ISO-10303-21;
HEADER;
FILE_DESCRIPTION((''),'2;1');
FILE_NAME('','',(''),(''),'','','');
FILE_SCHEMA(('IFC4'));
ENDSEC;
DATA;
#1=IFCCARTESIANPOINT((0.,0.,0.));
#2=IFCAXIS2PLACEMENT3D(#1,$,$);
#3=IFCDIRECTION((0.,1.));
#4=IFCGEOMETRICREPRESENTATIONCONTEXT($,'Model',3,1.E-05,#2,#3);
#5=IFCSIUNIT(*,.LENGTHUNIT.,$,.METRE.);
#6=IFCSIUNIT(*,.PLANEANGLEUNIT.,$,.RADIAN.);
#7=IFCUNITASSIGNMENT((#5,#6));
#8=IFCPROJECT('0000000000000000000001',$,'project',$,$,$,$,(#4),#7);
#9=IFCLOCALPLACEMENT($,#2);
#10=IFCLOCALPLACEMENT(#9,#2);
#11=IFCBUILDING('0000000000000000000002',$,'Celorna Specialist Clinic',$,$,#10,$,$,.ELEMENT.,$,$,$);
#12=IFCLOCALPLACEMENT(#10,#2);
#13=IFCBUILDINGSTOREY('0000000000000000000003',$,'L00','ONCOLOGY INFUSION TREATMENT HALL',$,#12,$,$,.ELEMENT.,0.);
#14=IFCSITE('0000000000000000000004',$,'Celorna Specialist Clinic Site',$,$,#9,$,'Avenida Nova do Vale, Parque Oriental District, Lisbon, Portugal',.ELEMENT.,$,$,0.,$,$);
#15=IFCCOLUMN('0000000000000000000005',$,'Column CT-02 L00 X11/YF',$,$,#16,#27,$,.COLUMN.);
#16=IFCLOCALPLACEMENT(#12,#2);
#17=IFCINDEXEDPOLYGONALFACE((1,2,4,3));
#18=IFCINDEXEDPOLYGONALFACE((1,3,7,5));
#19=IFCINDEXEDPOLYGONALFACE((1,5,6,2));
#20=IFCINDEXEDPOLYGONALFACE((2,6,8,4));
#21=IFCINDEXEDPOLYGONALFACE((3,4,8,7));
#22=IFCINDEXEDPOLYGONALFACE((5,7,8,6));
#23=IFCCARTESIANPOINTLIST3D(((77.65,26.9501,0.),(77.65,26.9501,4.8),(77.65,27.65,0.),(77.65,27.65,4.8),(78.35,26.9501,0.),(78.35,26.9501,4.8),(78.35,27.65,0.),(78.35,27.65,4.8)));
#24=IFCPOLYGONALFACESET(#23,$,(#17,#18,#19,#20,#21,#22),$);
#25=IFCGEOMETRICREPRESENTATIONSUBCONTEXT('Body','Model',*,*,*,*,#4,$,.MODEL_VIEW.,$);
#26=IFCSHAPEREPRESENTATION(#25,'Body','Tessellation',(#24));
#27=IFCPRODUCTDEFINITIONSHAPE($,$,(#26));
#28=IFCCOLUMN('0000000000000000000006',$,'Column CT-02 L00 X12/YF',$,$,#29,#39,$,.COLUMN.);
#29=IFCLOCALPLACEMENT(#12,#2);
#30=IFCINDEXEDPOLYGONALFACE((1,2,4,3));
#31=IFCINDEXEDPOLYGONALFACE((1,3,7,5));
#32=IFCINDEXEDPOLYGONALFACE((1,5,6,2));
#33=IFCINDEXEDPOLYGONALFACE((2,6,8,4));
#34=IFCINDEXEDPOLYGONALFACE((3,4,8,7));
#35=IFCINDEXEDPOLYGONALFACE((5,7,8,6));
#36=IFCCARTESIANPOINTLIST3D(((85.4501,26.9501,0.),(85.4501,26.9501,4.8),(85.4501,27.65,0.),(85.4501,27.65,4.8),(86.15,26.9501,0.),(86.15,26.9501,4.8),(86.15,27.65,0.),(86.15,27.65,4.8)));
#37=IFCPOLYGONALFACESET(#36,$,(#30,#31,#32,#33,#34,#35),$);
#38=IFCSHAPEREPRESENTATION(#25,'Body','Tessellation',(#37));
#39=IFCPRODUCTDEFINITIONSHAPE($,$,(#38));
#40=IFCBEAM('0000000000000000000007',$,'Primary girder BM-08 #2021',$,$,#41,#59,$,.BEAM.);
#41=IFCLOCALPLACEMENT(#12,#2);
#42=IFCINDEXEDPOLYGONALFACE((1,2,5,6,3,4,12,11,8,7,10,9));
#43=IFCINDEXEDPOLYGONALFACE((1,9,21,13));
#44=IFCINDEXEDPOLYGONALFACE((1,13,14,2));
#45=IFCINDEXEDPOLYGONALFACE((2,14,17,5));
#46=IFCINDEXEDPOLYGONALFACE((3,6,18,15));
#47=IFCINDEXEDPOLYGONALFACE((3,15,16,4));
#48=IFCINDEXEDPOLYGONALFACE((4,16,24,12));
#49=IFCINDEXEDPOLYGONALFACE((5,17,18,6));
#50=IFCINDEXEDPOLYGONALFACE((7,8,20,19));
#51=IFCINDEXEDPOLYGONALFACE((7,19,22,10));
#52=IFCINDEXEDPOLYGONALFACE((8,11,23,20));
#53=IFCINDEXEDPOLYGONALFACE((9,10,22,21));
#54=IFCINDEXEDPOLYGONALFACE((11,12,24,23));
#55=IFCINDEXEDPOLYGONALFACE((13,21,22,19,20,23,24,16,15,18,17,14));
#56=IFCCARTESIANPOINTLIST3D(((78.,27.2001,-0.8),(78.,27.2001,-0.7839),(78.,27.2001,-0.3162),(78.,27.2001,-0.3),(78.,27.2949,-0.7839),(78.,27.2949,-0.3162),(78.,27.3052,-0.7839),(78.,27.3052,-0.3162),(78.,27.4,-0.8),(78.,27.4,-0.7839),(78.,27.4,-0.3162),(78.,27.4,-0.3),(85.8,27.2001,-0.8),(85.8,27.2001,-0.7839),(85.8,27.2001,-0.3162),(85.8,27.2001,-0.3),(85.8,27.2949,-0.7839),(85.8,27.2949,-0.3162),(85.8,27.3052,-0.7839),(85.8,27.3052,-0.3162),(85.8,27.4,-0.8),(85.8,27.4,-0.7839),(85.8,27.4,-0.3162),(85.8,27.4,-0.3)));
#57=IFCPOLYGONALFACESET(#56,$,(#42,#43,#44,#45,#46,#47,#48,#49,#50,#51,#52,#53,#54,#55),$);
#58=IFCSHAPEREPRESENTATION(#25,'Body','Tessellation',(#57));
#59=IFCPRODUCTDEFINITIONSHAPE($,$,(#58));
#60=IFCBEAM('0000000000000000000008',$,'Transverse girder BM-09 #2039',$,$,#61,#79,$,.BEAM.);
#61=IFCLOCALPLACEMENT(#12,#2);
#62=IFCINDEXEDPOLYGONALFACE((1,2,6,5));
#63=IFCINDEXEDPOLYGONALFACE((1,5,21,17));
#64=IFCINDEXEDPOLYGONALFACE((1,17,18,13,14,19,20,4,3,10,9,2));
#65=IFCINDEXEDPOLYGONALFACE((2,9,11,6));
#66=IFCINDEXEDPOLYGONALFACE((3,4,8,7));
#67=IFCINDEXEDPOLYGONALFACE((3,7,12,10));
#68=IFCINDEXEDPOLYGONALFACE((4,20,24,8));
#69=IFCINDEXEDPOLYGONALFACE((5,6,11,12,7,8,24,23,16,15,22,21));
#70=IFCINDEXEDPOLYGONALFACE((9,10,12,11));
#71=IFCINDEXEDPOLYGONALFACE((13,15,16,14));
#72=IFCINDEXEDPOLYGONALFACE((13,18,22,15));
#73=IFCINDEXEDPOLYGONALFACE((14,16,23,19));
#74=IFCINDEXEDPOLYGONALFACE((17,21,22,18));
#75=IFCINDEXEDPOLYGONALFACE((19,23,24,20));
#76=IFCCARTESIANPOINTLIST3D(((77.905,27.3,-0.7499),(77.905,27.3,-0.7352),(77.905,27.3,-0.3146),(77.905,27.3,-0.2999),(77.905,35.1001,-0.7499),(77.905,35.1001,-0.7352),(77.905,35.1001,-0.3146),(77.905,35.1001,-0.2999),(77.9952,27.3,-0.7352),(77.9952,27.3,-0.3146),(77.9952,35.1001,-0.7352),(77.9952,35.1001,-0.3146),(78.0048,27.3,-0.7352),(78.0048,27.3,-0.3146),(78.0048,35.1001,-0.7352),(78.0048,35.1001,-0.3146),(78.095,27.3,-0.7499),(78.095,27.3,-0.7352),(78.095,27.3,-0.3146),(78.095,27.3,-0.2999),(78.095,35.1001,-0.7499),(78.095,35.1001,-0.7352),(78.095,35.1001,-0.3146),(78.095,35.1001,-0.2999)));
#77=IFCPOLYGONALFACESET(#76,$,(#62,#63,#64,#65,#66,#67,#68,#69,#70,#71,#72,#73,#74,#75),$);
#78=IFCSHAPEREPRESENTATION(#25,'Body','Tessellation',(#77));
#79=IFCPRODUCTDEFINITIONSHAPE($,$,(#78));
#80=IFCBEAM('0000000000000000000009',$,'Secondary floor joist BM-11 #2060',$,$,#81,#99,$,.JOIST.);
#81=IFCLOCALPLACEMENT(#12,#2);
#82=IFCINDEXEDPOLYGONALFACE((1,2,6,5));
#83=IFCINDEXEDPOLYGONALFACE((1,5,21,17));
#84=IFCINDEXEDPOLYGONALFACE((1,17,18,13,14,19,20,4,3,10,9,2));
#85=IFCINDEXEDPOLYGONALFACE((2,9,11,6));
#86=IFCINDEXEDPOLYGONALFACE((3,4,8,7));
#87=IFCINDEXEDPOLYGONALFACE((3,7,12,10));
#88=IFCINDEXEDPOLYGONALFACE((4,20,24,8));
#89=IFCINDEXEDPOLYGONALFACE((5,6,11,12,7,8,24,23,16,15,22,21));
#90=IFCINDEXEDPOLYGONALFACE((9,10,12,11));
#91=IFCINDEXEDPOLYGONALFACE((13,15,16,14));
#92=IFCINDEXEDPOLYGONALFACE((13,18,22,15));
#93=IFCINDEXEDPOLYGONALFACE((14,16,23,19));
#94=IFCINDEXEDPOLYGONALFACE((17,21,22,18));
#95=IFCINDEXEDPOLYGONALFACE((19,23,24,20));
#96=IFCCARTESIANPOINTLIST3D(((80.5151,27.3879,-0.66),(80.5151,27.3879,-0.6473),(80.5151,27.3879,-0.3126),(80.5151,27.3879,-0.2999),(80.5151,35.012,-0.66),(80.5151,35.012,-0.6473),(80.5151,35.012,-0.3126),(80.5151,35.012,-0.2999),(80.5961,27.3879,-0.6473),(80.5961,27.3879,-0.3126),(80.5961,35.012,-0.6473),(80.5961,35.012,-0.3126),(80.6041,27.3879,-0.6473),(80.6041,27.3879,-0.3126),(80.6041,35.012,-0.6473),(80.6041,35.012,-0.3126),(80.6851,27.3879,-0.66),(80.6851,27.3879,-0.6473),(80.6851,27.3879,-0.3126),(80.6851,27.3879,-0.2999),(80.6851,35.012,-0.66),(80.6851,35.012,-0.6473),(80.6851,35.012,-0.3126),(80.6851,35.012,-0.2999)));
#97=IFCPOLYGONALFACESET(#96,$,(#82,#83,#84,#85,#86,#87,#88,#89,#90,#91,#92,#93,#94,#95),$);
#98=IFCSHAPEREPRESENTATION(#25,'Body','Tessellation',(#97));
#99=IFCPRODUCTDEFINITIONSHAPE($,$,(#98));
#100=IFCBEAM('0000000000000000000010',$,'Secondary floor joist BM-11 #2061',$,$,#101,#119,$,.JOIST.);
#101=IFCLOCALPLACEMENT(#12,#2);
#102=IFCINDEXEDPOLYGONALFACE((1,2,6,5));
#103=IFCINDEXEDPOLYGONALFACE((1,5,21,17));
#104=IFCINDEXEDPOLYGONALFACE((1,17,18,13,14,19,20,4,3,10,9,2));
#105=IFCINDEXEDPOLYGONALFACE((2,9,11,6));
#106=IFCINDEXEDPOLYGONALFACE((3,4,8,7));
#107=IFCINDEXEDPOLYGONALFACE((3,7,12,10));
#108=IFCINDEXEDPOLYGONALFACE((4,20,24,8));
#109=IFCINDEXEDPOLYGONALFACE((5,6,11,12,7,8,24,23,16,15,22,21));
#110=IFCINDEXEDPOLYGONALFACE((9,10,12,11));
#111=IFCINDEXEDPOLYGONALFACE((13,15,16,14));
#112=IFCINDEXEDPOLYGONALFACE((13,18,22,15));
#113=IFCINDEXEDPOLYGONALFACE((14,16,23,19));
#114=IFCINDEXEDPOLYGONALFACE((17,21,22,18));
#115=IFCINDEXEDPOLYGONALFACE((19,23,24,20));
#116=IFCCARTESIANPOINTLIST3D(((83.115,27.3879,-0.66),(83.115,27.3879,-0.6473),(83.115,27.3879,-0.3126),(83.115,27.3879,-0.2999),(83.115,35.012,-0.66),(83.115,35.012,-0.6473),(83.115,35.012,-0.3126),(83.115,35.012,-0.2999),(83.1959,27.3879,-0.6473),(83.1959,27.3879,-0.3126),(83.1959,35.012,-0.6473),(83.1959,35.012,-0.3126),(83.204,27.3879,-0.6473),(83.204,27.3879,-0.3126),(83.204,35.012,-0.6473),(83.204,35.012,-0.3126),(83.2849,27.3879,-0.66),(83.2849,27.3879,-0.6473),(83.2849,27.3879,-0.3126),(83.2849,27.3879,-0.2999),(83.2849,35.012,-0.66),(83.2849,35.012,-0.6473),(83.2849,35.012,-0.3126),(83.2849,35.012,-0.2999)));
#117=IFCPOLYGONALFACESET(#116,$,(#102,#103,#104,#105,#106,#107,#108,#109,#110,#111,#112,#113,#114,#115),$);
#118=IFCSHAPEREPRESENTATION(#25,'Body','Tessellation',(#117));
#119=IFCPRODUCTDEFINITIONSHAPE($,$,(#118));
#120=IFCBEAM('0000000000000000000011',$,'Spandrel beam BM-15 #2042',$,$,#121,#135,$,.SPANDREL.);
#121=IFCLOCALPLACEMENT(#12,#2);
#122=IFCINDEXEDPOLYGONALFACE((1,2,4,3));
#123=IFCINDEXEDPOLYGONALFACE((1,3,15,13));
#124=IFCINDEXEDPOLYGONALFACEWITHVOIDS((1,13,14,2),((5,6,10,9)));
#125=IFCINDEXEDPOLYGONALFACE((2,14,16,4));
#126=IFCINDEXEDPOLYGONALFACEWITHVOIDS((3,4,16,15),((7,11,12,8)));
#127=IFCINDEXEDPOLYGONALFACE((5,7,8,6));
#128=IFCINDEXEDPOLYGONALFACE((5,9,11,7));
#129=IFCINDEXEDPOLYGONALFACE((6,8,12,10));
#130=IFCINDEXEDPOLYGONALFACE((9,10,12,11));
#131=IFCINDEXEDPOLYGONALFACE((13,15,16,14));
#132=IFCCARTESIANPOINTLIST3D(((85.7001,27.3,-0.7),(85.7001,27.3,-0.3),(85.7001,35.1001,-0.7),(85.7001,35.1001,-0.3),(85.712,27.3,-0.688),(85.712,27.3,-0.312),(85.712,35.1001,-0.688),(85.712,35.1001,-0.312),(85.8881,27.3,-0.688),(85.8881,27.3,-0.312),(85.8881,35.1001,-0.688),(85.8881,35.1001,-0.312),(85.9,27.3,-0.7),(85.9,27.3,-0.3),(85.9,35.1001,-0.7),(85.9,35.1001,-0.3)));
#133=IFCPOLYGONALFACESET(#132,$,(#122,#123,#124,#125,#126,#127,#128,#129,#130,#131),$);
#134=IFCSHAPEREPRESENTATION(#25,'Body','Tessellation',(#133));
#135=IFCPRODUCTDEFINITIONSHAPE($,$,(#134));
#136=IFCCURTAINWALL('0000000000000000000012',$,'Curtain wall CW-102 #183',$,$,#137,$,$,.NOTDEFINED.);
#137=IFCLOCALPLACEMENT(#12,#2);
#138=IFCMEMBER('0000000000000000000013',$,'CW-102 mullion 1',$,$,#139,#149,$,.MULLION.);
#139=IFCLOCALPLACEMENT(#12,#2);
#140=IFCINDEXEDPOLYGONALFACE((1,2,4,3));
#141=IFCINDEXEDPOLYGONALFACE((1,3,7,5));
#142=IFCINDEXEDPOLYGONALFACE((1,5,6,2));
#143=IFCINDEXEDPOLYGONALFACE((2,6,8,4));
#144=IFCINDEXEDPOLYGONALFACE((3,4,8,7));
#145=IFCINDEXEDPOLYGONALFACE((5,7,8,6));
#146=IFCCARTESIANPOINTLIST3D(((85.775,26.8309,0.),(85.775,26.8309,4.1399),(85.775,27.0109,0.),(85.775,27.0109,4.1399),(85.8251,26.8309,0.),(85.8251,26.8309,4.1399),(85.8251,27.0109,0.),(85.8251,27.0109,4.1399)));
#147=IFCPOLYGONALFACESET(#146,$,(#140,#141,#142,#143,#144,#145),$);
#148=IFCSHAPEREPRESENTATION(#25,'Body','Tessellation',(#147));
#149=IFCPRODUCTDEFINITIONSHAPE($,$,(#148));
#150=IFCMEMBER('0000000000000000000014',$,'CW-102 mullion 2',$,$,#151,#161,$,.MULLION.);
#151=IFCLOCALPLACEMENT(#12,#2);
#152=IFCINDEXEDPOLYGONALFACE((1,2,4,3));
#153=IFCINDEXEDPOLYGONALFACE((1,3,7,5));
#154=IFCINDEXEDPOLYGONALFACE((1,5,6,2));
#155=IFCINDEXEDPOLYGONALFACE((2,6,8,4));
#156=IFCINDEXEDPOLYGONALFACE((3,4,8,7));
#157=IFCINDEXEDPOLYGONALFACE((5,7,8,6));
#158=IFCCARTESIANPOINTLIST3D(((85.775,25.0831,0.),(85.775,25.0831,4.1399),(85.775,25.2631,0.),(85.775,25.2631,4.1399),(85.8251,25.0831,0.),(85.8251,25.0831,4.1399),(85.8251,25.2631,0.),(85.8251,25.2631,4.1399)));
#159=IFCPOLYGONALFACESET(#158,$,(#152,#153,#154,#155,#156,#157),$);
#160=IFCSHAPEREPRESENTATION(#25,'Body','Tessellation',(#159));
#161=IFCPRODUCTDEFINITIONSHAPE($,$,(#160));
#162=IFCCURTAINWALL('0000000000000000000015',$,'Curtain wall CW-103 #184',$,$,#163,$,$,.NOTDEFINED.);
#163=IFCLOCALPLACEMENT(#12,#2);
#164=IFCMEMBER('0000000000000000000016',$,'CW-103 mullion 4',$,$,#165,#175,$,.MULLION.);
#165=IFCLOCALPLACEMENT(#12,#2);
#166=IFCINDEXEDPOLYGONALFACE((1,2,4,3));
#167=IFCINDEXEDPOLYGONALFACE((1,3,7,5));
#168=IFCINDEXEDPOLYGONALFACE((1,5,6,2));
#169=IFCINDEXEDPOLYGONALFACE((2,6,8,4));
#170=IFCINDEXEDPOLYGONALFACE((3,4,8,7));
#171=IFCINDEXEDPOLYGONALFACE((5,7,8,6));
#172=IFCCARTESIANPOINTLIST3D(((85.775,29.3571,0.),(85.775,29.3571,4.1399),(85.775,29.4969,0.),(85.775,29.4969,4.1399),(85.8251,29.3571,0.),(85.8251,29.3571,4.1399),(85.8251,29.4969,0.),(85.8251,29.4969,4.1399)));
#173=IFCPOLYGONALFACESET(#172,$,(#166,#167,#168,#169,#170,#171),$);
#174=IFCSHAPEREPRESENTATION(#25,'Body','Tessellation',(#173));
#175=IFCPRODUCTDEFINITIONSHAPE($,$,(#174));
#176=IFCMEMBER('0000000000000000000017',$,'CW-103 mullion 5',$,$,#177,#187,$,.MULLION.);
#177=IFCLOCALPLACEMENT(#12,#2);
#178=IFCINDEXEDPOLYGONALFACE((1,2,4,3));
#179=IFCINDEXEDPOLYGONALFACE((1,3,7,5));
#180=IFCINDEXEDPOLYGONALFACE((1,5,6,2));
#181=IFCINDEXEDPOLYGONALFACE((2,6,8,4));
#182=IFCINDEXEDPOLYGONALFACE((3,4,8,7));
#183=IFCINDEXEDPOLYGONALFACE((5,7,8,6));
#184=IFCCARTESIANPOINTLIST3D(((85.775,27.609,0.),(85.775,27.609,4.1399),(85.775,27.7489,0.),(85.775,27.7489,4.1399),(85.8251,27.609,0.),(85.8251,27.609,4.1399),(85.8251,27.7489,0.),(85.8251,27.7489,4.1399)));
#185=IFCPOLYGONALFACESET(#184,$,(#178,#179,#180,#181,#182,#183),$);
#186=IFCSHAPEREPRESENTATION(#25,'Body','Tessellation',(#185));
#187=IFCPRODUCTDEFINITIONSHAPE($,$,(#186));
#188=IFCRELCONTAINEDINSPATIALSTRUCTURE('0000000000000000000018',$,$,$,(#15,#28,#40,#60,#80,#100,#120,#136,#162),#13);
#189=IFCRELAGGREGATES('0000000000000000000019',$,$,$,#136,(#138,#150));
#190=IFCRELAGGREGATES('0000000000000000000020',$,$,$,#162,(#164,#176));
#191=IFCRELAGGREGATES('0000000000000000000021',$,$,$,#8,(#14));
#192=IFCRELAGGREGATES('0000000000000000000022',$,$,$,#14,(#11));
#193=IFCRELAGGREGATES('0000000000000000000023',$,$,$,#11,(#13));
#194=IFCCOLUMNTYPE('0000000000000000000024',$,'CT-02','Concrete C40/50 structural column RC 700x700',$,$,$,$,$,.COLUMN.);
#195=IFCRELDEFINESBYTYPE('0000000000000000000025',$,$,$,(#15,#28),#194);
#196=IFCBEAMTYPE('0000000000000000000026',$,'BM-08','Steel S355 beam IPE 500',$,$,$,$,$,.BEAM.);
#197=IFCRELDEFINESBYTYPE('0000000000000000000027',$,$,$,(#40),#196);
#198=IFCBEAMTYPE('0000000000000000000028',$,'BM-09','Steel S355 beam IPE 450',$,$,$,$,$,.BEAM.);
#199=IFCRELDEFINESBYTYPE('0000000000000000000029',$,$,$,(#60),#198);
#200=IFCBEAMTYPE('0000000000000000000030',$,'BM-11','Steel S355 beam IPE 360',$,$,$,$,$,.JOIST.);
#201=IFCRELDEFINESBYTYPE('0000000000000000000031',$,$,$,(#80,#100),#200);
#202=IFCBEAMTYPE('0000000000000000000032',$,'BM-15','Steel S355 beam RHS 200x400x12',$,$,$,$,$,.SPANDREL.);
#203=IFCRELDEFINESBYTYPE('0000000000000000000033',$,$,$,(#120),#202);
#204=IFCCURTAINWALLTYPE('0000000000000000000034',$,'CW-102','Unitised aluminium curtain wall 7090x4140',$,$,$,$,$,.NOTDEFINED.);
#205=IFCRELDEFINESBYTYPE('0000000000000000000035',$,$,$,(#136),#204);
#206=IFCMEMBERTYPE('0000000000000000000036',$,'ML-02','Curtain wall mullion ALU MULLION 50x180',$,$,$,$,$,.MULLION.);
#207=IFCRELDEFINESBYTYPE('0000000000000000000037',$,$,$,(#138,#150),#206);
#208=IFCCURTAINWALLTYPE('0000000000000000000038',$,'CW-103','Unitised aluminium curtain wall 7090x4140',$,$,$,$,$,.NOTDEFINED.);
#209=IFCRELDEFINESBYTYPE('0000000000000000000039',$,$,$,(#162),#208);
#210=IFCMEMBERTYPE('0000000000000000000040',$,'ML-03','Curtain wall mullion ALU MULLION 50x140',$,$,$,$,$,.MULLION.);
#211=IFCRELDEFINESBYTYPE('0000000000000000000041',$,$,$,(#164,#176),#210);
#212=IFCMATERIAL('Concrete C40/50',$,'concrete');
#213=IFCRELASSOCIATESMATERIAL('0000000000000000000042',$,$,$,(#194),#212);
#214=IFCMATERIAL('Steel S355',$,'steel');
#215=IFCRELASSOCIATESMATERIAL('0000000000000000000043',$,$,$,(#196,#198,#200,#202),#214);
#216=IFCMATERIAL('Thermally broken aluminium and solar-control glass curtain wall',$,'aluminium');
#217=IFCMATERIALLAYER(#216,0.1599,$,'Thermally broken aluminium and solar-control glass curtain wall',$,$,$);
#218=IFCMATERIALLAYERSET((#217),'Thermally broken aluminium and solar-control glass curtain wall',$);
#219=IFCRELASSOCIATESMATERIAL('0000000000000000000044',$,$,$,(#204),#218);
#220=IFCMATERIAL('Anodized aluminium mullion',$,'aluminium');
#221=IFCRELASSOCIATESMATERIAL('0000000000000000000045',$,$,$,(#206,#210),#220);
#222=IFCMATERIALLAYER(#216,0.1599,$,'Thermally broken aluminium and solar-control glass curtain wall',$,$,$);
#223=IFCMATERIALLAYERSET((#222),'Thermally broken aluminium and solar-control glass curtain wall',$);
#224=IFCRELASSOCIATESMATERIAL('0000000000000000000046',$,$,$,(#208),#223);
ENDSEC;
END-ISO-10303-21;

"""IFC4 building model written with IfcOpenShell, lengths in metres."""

from ifc_helpers import new_model, si_unit, direction, frame, origin, origin_2d, place, context, subcontext, project, spatial, rectangle, hollow_rectangle, i_section, extrude, material, layer, layer_set, material_profile, profile_set, type_object, element, aggregate, save


model = new_model("IFC4")

# Units and contexts
model_context = context("Model", 3, precision=1e-05, world=origin(), true_north=direction((0.0, 1.0)))
body_context = subcontext(model_context, "Body", "Model", "MODEL_VIEW")
ifc_project = project(units=[si_unit("LENGTHUNIT", "METRE"), si_unit("PLANEANGLEUNIT", "RADIAN")], contexts=[model_context])

# Site, building, storey
site_placement = place(None, origin())
site = spatial("IfcSite", under=ifc_project, at=site_placement, Name="Celorna Specialist Clinic Site", LongName="Avenida Nova do Vale, Parque Oriental District, Lisbon, Portugal", CompositionType="ELEMENT", RefElevation=0.0)
building_placement = place(site_placement, origin())
building = spatial("IfcBuilding", under=site, at=building_placement, Name="Celorna Specialist Clinic", CompositionType="ELEMENT")
storey_placement = place(building_placement, origin())
storey = spatial("IfcBuildingStorey", under=building, at=storey_placement, Name="L00", Description="ONCOLOGY INFUSION TREATMENT HALL", CompositionType="ELEMENT", Elevation=0.0)

# Columns
ifc_material_1 = material(Name="Concrete C40/50", Category="concrete")
ifc_material_profile_1 = material_profile(ifc_material_1, rectangle(XDim=0.7, YDim=0.7, at=origin_2d()), Name="RC 700x700")
ifc_profile_set_1 = profile_set([ifc_material_profile_1], Name="Concrete C40/50")
column_type = type_object("IfcColumnType", Name="CT-02", Description="Concrete C40/50 structural column RC 700x700", PredefinedType="COLUMN", material=ifc_profile_set_1)
for number, where, z_axis, x_axis, name in (
    (1, (78.0, 27.3, 0.0), (0.0, 0.0, 1.0), (1.0, 0.0, 0.0), "Column CT-02 L00 X11/YF"),
    (2, (85.8, 27.3, 0.0), (0.0, 0.0, 1.0), (1.0, 0.0, 0.0), "Column CT-02 L00 X12/YF"),
):
    element("IfcColumn", number, at=place(storey_placement, frame(where, z_axis=z_axis, x_axis=x_axis)), inside=storey, type_object=column_type, Name=name, PredefinedType="COLUMN", context=body_context, shape_type="SweptSolid", body=[
        extrude(rectangle(XDim=0.7, YDim=0.7, at=origin_2d()), origin(), (0.0, 0.0, 1.0), 4.8),
    ])

# Beams
ifc_material_2 = material(Name="Steel S355", Category="steel")
ifc_material_profile_2 = material_profile(ifc_material_2, i_section(OverallWidth=0.2, OverallDepth=0.5, WebThickness=0.0103, FlangeThickness=0.0161, at=origin_2d()), Name="IPE 500")
ifc_profile_set_2 = profile_set([ifc_material_profile_2], Name="Steel S355")
beam_type_1 = type_object("IfcBeamType", Name="BM-08", Description="Steel S355 beam IPE 500", PredefinedType="BEAM", material=ifc_profile_set_2)
beam_1_placement = place(storey_placement, frame((78.0, 27.3, -0.55), z_axis=(1.0, 0.0, 0.0), x_axis=(0.0, 1.0, 0.0)))
element("IfcBeam", 3, at=beam_1_placement, inside=storey, type_object=beam_type_1, Name="Primary girder BM-08 #2021", PredefinedType="BEAM", context=body_context, shape_type="SweptSolid", body=[
    extrude(i_section(OverallWidth=0.2, OverallDepth=0.5, WebThickness=0.0103, FlangeThickness=0.0161, at=origin_2d()), origin(), (0.0, 0.0, 1.0), 7.8),
])
ifc_material_profile_3 = material_profile(ifc_material_2, i_section(OverallWidth=0.1899, OverallDepth=0.45, WebThickness=0.0095, FlangeThickness=0.0146, at=origin_2d()), Name="IPE 450")
ifc_profile_set_3 = profile_set([ifc_material_profile_3], Name="Steel S355")
beam_type_2 = type_object("IfcBeamType", Name="BM-09", Description="Steel S355 beam IPE 450", PredefinedType="BEAM", material=ifc_profile_set_3)
beam_2_placement = place(storey_placement, frame((78.0, 27.3, -0.5249), z_axis=(0.0, 1.0, 0.0), x_axis=(-1.0, 0.0, 0.0)))
element("IfcBeam", 4, at=beam_2_placement, inside=storey, type_object=beam_type_2, Name="Transverse girder BM-09 #2039", PredefinedType="BEAM", context=body_context, shape_type="SweptSolid", body=[
    extrude(i_section(OverallWidth=0.1899, OverallDepth=0.45, WebThickness=0.0095, FlangeThickness=0.0146, at=origin_2d()), origin(), (0.0, 0.0, 1.0), 7.8),
])
ifc_material_profile_4 = material_profile(ifc_material_2, i_section(OverallWidth=0.1699, OverallDepth=0.3601, WebThickness=0.0081, FlangeThickness=0.0127, at=origin_2d()), Name="IPE 360")
ifc_profile_set_4 = profile_set([ifc_material_profile_4], Name="Steel S355")
beam_type_3 = type_object("IfcBeamType", Name="BM-11", Description="Steel S355 beam IPE 360", PredefinedType="JOIST", material=ifc_profile_set_4)
for number, where, z_axis, x_axis, name in (
    (5, (80.6001, 27.3879, -0.48), (0.0, 1.0, 0.0), (-1.0, 0.0, 0.0), "Secondary floor joist BM-11 #2060"),
    (6, (83.2, 27.3879, -0.48), (0.0, 1.0, 0.0), (-1.0, 0.0, 0.0), "Secondary floor joist BM-11 #2061"),
):
    element("IfcBeam", number, at=place(storey_placement, frame(where, z_axis=z_axis, x_axis=x_axis)), inside=storey, type_object=beam_type_3, Name=name, PredefinedType="JOIST", context=body_context, shape_type="SweptSolid", body=[
        extrude(i_section(OverallWidth=0.1699, OverallDepth=0.3601, WebThickness=0.0081, FlangeThickness=0.0127, at=origin_2d()), origin(), (0.0, 0.0, 1.0), 7.624),
    ])
ifc_material_profile_5 = material_profile(ifc_material_2, hollow_rectangle(XDim=0.2, YDim=0.3999, WallThickness=0.012, at=origin_2d()), Name="RHS 200x400x12")
ifc_profile_set_5 = profile_set([ifc_material_profile_5], Name="Steel S355")
beam_type_4 = type_object("IfcBeamType", Name="BM-15", Description="Steel S355 beam RHS 200x400x12", PredefinedType="SPANDREL", material=ifc_profile_set_5)
beam_3_placement = place(storey_placement, frame((85.8, 27.3, -0.5), z_axis=(0.0, 1.0, 0.0), x_axis=(-1.0, 0.0, 0.0)))
element("IfcBeam", 7, at=beam_3_placement, inside=storey, type_object=beam_type_4, Name="Spandrel beam BM-15 #2042", PredefinedType="SPANDREL", context=body_context, shape_type="SweptSolid", body=[
    extrude(hollow_rectangle(XDim=0.2, YDim=0.3999, WallThickness=0.012, at=origin_2d()), origin(), (0.0, 0.0, 1.0), 7.8),
])

# Curtain walls, members
ifc_material_3 = material(Name="Thermally broken aluminium and solar-control glass curtain wall", Category="aluminium")
ifc_layer_1 = layer(ifc_material_3, 0.1599, Name="Thermally broken aluminium and solar-control glass curtain wall")
ifc_layer_set_1 = layer_set([ifc_layer_1], Name="Thermally broken aluminium and solar-control glass curtain wall")
curtain_wall_type_1 = type_object("IfcCurtainWallType", Name="CW-102", Description="Unitised aluminium curtain wall 7090x4140", PredefinedType="NOTDEFINED", material=ifc_layer_set_1)
curtain_wall_1_placement = place(storey_placement, origin())
curtain_wall_1 = element("IfcCurtainWall", 8, at=curtain_wall_1_placement, inside=storey, type_object=curtain_wall_type_1, Name="Curtain wall CW-102 #183", PredefinedType="NOTDEFINED")
ifc_material_4 = material(Name="Anodized aluminium mullion", Category="aluminium")
ifc_material_profile_6 = material_profile(ifc_material_4, rectangle(XDim=0.05, YDim=0.1799, at=origin_2d()), Name="ALU MULLION 50x180")
ifc_profile_set_6 = profile_set([ifc_material_profile_6], Name="Anodized aluminium mullion")
member_type_1 = type_object("IfcMemberType", Name="ML-02", Description="Curtain wall mullion ALU MULLION 50x180", PredefinedType="MULLION", material=ifc_profile_set_6)
member_1_placement = place(storey_placement, frame((85.8, 26.9209, 0.0), z_axis=(0.0, 0.0, 1.0), x_axis=(1.0, 0.0, 0.0)))
member_1 = element("IfcMember", 9, at=member_1_placement, type_object=member_type_1, Name="CW-102 mullion 1", PredefinedType="MULLION", context=body_context, shape_type="SweptSolid", body=[
    extrude(rectangle(XDim=0.05, YDim=0.1799, at=origin_2d()), origin(), (0.0, 0.0, 1.0), 4.1399),
])
member_2_placement = place(storey_placement, frame((85.8, 25.1731, 0.0), z_axis=(0.0, 0.0, 1.0), x_axis=(1.0, 0.0, 0.0)))
member_2 = element("IfcMember", 10, at=member_2_placement, type_object=member_type_1, Name="CW-102 mullion 2", PredefinedType="MULLION", context=body_context, shape_type="SweptSolid", body=[
    extrude(rectangle(XDim=0.05, YDim=0.1799, at=origin_2d()), origin(), (0.0, 0.0, 1.0), 4.1399),
])
ifc_layer_2 = layer(ifc_material_3, 0.1599, Name="Thermally broken aluminium and solar-control glass curtain wall")
ifc_layer_set_2 = layer_set([ifc_layer_2], Name="Thermally broken aluminium and solar-control glass curtain wall")
curtain_wall_type_2 = type_object("IfcCurtainWallType", Name="CW-103", Description="Unitised aluminium curtain wall 7090x4140", PredefinedType="NOTDEFINED", material=ifc_layer_set_2)
curtain_wall_2_placement = place(storey_placement, origin())
curtain_wall_2 = element("IfcCurtainWall", 11, at=curtain_wall_2_placement, inside=storey, type_object=curtain_wall_type_2, Name="Curtain wall CW-103 #184", PredefinedType="NOTDEFINED")
ifc_material_profile_7 = material_profile(ifc_material_4, rectangle(XDim=0.05, YDim=0.1399, at=origin_2d()), Name="ALU MULLION 50x140")
ifc_profile_set_7 = profile_set([ifc_material_profile_7], Name="Anodized aluminium mullion")
member_type_2 = type_object("IfcMemberType", Name="ML-03", Description="Curtain wall mullion ALU MULLION 50x140", PredefinedType="MULLION", material=ifc_profile_set_7)
member_3_placement = place(storey_placement, frame((85.8, 29.427, 0.0), z_axis=(0.0, 0.0, 1.0), x_axis=(1.0, 0.0, 0.0)))
member_3 = element("IfcMember", 12, at=member_3_placement, type_object=member_type_2, Name="CW-103 mullion 4", PredefinedType="MULLION", context=body_context, shape_type="SweptSolid", body=[
    extrude(rectangle(XDim=0.05, YDim=0.1399, at=origin_2d()), origin(), (0.0, 0.0, 1.0), 4.1399),
])
member_4_placement = place(storey_placement, frame((85.8, 27.679, 0.0), z_axis=(0.0, 0.0, 1.0), x_axis=(1.0, 0.0, 0.0)))
member_4 = element("IfcMember", 13, at=member_4_placement, type_object=member_type_2, Name="CW-103 mullion 5", PredefinedType="MULLION", context=body_context, shape_type="SweptSolid", body=[
    extrude(rectangle(XDim=0.05, YDim=0.1399, at=origin_2d()), origin(), (0.0, 0.0, 1.0), 4.1399),
])

aggregate(curtain_wall_1, [member_1, member_2])
aggregate(curtain_wall_2, [member_3, member_4])

save(model, "model.ifc")
